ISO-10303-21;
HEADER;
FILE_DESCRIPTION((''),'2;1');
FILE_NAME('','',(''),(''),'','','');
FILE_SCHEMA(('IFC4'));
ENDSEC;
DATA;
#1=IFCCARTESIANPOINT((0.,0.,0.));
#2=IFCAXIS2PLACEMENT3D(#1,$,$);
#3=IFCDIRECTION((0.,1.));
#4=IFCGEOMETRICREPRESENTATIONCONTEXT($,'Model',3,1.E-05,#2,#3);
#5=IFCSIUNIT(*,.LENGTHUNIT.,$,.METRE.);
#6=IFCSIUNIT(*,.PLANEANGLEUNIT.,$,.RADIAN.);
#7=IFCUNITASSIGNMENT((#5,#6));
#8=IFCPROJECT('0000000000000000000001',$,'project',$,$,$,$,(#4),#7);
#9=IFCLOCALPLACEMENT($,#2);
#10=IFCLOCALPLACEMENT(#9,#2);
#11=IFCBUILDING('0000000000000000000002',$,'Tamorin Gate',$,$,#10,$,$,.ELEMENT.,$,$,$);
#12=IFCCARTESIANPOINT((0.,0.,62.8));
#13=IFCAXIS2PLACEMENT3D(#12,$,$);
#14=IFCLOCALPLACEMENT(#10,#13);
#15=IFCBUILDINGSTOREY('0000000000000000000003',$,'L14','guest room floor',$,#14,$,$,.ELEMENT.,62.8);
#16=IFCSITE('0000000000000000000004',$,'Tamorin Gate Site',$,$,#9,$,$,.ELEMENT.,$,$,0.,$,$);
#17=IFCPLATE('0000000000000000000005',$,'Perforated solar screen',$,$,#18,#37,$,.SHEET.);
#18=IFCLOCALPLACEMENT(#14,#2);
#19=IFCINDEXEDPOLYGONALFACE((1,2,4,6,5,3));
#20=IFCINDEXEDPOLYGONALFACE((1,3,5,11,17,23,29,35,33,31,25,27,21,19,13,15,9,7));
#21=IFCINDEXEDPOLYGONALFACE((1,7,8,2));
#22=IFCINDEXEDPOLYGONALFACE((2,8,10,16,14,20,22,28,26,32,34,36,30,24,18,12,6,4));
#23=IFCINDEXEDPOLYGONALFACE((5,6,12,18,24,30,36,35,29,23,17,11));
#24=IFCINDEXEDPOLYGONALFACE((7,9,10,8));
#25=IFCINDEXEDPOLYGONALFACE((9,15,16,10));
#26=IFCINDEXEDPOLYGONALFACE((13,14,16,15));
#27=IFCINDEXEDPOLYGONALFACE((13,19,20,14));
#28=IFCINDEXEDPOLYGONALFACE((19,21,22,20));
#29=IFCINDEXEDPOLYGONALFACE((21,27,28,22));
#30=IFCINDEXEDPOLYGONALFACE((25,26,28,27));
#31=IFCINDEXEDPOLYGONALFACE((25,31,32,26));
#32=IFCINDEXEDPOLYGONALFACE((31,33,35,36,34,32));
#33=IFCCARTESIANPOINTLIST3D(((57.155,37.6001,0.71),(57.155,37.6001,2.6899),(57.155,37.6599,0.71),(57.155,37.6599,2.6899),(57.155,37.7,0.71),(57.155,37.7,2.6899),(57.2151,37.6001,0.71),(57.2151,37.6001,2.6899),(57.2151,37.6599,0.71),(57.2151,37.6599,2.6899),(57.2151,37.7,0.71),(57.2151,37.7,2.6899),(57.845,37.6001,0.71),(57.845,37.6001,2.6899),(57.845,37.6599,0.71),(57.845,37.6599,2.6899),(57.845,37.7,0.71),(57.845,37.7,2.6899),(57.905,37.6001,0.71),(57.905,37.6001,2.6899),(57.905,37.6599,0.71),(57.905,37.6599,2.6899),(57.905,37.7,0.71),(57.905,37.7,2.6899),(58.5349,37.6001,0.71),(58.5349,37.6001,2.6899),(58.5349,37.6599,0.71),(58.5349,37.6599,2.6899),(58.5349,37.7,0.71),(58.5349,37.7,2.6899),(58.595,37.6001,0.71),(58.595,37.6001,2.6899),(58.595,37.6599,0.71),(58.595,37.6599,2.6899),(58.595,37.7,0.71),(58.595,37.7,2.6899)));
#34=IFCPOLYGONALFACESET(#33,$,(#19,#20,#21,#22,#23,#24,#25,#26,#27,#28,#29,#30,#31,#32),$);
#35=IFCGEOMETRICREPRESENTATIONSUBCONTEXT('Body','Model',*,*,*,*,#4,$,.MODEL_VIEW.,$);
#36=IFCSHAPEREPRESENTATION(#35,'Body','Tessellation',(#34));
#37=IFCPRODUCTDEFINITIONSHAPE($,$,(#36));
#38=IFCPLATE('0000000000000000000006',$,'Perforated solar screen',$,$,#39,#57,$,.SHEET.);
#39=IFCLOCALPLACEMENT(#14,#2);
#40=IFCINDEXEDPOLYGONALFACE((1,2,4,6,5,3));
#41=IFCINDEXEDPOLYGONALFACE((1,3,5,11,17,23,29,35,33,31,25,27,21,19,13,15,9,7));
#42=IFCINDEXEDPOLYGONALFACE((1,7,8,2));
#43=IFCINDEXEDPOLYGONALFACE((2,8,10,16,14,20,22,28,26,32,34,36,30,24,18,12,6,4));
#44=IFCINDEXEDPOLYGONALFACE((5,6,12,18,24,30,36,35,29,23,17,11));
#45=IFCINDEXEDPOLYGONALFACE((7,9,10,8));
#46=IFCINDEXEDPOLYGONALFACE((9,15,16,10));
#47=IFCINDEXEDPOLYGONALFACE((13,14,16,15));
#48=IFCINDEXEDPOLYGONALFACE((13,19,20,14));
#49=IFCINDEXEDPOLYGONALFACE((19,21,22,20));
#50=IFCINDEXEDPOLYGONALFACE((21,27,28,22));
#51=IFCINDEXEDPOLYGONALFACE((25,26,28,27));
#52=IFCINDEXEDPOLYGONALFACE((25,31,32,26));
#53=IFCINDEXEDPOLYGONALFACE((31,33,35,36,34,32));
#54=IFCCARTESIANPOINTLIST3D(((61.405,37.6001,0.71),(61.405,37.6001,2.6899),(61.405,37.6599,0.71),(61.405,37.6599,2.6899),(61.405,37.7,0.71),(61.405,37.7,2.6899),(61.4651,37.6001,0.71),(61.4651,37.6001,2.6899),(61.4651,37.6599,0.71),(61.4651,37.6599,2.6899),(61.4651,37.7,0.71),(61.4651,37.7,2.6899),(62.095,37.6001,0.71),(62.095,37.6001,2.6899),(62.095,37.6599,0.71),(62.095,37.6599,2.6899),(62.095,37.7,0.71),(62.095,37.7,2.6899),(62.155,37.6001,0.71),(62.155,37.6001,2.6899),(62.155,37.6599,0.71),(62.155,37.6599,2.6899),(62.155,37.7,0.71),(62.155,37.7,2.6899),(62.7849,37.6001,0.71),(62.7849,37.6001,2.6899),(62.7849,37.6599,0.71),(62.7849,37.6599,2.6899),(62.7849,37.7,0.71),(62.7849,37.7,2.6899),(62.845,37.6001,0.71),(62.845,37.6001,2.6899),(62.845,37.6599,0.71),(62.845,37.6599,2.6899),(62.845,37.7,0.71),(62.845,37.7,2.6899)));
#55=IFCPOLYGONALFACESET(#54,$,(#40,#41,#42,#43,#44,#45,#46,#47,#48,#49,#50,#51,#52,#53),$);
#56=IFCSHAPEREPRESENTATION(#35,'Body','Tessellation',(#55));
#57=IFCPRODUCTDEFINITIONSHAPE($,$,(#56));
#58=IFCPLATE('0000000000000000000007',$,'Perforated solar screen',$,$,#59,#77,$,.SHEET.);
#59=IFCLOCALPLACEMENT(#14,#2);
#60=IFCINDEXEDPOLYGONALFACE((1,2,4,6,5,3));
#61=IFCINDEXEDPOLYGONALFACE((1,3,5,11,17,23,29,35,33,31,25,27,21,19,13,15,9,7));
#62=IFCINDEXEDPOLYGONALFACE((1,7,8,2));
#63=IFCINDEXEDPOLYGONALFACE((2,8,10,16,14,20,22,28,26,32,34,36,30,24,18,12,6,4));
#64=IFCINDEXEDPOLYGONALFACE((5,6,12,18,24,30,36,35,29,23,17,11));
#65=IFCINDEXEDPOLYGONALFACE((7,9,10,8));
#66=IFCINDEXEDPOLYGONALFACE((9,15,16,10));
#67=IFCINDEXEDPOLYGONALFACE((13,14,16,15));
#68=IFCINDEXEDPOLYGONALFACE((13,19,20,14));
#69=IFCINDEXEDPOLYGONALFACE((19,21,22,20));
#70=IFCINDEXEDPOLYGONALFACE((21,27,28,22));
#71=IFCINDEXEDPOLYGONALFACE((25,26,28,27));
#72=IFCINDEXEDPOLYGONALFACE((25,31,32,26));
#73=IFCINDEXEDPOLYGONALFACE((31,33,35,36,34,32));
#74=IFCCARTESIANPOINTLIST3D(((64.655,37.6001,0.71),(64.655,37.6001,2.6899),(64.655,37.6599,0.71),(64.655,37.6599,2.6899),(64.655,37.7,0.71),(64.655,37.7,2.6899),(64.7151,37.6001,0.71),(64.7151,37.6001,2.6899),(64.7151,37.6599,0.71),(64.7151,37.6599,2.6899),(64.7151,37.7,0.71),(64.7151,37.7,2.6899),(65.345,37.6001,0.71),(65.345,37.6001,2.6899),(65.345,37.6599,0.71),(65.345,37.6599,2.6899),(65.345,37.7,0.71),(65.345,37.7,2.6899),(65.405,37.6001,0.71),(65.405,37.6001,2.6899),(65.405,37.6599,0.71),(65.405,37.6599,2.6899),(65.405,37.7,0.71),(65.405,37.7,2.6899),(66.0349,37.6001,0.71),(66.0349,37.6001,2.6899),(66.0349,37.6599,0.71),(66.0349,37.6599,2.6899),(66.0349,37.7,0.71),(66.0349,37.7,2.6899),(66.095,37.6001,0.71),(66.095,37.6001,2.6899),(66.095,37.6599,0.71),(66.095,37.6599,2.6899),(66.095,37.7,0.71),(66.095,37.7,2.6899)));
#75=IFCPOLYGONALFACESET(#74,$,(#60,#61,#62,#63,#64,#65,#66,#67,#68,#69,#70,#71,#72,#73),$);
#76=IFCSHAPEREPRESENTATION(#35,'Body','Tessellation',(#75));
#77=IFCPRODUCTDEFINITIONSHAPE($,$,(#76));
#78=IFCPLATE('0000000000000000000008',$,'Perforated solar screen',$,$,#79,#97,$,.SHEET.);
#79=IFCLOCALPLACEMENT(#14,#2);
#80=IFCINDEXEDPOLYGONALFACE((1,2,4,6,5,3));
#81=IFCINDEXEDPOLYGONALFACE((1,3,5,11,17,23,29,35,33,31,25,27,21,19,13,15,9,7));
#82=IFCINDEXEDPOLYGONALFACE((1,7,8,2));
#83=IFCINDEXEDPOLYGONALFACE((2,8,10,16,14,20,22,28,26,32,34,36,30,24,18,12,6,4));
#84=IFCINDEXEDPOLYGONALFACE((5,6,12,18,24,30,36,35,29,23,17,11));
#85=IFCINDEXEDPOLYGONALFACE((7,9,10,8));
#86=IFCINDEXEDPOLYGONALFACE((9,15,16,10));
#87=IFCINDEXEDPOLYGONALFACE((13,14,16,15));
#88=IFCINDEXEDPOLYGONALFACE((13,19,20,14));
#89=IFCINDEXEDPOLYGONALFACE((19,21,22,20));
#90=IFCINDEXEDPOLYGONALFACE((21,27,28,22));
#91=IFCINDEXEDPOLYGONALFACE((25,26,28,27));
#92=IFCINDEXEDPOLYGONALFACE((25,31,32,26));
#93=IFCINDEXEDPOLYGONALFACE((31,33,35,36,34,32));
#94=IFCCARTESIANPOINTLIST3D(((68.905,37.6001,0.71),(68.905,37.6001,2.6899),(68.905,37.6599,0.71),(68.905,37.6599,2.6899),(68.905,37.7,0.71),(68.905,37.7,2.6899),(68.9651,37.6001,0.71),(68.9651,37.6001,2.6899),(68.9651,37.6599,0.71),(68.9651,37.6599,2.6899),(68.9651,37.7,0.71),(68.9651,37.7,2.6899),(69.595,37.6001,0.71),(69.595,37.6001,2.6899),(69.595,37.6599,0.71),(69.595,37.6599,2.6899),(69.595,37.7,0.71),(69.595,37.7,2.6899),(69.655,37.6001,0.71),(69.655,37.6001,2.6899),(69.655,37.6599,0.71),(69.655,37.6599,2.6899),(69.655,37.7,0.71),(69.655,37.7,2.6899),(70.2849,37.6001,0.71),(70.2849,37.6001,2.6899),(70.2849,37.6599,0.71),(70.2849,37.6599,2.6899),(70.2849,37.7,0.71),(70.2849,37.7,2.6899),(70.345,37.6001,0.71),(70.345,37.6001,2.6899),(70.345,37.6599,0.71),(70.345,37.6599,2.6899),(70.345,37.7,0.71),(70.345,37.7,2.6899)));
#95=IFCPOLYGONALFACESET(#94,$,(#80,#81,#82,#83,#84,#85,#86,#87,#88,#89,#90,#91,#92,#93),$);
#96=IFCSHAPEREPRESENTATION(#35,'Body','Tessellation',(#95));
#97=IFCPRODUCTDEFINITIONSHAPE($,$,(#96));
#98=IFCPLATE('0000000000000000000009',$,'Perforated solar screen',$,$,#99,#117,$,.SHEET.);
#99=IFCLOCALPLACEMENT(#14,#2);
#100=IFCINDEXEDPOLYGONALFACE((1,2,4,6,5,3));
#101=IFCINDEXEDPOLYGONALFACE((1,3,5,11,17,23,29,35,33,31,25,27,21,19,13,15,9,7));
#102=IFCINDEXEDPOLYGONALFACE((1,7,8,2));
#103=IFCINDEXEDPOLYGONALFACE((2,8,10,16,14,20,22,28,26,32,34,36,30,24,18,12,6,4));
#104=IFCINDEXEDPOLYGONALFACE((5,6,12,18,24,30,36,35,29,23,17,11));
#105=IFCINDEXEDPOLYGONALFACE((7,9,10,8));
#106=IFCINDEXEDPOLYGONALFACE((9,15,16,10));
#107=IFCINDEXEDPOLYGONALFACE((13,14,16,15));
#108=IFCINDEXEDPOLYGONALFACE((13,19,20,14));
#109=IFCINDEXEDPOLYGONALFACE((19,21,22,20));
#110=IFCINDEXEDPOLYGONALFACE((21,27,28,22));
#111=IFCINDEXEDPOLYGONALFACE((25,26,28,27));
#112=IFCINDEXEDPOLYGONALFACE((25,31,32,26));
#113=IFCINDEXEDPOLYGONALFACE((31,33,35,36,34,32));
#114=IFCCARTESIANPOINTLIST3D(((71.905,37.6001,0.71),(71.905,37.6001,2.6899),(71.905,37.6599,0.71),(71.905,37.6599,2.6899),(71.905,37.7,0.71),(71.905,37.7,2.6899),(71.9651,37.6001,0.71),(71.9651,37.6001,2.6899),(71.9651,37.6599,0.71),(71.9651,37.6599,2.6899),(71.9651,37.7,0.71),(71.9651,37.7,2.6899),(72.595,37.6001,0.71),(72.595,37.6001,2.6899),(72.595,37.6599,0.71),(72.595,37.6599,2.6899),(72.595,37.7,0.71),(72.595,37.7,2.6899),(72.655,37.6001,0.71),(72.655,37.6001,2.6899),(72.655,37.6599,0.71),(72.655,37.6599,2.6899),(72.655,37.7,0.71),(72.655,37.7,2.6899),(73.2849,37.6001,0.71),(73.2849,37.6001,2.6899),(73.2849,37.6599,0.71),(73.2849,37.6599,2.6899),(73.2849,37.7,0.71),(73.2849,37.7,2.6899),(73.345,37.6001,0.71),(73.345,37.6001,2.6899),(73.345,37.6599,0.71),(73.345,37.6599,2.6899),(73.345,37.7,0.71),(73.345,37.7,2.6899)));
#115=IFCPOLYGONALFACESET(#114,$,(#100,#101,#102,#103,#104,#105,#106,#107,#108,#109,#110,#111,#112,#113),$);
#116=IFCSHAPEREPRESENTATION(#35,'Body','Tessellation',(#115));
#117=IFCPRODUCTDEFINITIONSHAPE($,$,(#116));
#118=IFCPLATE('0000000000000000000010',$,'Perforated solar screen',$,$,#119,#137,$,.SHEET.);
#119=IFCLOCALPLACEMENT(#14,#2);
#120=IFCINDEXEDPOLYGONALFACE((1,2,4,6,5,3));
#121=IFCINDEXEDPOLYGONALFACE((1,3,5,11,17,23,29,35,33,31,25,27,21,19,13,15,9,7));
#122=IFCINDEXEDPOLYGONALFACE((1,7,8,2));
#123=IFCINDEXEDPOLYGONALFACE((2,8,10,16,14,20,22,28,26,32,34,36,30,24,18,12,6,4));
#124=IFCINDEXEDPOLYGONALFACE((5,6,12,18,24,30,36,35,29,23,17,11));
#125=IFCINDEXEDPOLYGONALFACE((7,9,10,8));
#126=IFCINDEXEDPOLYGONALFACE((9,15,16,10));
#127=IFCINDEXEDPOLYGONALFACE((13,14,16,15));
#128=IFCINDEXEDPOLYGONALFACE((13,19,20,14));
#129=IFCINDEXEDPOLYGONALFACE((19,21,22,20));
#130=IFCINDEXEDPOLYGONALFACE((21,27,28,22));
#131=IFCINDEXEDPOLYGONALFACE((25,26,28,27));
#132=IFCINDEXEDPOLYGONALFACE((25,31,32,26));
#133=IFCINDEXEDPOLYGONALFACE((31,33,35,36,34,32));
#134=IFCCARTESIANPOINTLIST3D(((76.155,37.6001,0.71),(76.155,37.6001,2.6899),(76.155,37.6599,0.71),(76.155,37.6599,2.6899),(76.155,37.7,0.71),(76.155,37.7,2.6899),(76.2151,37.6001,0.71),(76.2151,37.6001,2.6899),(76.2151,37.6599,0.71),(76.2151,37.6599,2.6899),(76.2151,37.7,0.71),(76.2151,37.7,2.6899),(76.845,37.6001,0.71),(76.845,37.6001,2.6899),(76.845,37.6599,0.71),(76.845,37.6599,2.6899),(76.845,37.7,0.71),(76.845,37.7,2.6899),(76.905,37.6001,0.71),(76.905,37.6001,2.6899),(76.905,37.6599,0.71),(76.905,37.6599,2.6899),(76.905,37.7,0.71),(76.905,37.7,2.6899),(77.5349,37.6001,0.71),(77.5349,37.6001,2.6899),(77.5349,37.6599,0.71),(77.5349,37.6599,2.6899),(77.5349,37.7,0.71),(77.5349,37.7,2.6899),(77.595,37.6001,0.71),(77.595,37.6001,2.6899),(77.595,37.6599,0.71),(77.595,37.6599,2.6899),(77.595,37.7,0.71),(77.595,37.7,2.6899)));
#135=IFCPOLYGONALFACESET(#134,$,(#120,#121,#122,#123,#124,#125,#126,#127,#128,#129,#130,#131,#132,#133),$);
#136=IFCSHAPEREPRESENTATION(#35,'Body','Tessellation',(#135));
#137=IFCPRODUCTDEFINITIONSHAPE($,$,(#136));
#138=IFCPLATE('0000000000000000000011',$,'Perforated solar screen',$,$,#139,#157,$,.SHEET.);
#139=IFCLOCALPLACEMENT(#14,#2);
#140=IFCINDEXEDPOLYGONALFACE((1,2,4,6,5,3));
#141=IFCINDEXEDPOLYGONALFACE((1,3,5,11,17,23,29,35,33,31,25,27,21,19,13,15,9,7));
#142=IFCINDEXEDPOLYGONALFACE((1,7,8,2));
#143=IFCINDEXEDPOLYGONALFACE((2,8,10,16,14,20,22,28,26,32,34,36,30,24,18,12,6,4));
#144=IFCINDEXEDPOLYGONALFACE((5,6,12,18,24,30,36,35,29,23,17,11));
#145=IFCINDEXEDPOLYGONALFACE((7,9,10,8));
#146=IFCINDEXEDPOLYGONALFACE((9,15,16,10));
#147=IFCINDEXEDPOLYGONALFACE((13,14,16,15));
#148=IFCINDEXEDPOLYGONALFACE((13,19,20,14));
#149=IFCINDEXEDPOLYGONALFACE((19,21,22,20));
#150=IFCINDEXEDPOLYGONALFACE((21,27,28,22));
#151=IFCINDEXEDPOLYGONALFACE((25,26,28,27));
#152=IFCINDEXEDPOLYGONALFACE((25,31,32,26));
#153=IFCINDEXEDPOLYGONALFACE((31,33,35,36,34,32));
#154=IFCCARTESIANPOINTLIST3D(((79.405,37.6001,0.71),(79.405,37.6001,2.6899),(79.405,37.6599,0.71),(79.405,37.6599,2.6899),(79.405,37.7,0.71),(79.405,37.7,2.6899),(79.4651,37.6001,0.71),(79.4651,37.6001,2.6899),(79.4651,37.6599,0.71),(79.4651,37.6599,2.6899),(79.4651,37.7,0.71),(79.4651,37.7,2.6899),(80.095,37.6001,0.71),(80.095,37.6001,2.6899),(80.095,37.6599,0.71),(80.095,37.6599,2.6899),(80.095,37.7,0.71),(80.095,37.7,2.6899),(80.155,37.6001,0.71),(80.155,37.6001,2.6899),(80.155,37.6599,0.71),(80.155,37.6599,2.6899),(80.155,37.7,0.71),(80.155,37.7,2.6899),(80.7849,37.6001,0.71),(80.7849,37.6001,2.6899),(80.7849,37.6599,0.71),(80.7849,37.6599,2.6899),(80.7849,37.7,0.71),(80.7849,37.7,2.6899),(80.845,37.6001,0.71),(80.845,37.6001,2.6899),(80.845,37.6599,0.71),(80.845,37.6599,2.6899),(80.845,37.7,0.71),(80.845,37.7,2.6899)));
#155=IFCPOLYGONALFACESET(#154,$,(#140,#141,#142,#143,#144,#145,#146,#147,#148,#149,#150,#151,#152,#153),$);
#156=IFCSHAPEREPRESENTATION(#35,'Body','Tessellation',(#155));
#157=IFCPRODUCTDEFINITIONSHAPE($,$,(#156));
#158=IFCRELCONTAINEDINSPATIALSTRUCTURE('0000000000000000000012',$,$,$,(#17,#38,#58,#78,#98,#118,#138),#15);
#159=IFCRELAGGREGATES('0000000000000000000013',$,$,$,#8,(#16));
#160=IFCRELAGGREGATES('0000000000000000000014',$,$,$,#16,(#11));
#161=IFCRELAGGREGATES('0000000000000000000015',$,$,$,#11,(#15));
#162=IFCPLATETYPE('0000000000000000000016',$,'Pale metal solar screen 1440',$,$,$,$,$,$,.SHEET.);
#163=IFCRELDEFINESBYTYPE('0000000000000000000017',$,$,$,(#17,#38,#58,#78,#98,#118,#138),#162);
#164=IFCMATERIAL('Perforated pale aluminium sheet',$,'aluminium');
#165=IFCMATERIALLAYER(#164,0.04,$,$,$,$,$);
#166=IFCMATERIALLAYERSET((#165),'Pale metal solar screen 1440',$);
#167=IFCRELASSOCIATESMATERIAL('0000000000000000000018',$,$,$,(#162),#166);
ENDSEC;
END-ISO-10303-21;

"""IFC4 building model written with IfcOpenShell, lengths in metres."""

from ifc_helpers import new_model, si_unit, direction, frame, origin, place, context, subcontext, project, spatial, polyline, outline, extrude, material, layer, layer_set, type_object, element, save


model = new_model("IFC4")

# Units and contexts
model_context = context("Model", 3, precision=1e-05, world=origin(), true_north=direction((0.0, 1.0)))
body_context = subcontext(model_context, "Body", "Model", "MODEL_VIEW")
ifc_project = project(units=[si_unit("LENGTHUNIT", "METRE"), si_unit("PLANEANGLEUNIT", "RADIAN")], contexts=[model_context])

# Site, building, storey
site_placement = place(None, origin())
site = spatial("IfcSite", under=ifc_project, at=site_placement, Name="Tamorin Gate Site", CompositionType="ELEMENT", RefElevation=0.0)
building_placement = place(site_placement, origin())
building = spatial("IfcBuilding", under=site, at=building_placement, Name="Tamorin Gate", CompositionType="ELEMENT")
storey_placement = place(building_placement, frame((0.0, 0.0, 62.8)))
storey = spatial("IfcBuildingStorey", under=building, at=storey_placement, Name="L14", Description="guest room floor", CompositionType="ELEMENT", Elevation=62.8)

# Plates
ifc_material_1 = material(Name="Perforated pale aluminium sheet", Category="aluminium")
ifc_layer_1 = layer(ifc_material_1, 0.04)
ifc_layer_set_1 = layer_set([ifc_layer_1], Name="Pale metal solar screen 1440")
plate_type = type_object("IfcPlateType", Name="Pale metal solar screen 1440", PredefinedType="SHEET", material=ifc_layer_set_1)
plate_1_placement = place(storey_placement, frame((0.0, 0.0, 0.71)))
element("IfcPlate", 1, at=plate_1_placement, inside=storey, type_object=plate_type, Name="Perforated solar screen", PredefinedType="SHEET", context=body_context, shape_type="SweptSolid", body=[
    extrude(outline(polyline([(57.155, 37.6599), (57.155, 37.7), (57.2151, 37.7), (57.845, 37.7), (57.905, 37.7), (58.5349, 37.7), (58.595, 37.7), (58.595, 37.6599), (58.595, 37.6001), (58.5349, 37.6001), (58.5349, 37.6599), (57.905, 37.6599), (57.905, 37.6001), (57.845, 37.6001), (57.845, 37.6599), (57.2151, 37.6599), (57.2151, 37.6001), (57.155, 37.6001), (57.155, 37.6599)])), origin(), (0.0, 0.0, 1.0), 1.98),
])
plate_2_placement = place(storey_placement, frame((0.0, 0.0, 0.71)))
element("IfcPlate", 2, at=plate_2_placement, inside=storey, type_object=plate_type, Name="Perforated solar screen", PredefinedType="SHEET", context=body_context, shape_type="SweptSolid", body=[
    extrude(outline(polyline([(61.405, 37.6599), (61.405, 37.7), (61.4651, 37.7), (62.095, 37.7), (62.155, 37.7), (62.7849, 37.7), (62.845, 37.7), (62.845, 37.6599), (62.845, 37.6001), (62.7849, 37.6001), (62.7849, 37.6599), (62.155, 37.6599), (62.155, 37.6001), (62.095, 37.6001), (62.095, 37.6599), (61.4651, 37.6599), (61.4651, 37.6001), (61.405, 37.6001), (61.405, 37.6599)])), origin(), (0.0, 0.0, 1.0), 1.98),
])
plate_3_placement = place(storey_placement, frame((0.0, 0.0, 0.71)))
element("IfcPlate", 3, at=plate_3_placement, inside=storey, type_object=plate_type, Name="Perforated solar screen", PredefinedType="SHEET", context=body_context, shape_type="SweptSolid", body=[
    extrude(outline(polyline([(64.655, 37.6599), (64.655, 37.7), (64.7151, 37.7), (65.345, 37.7), (65.405, 37.7), (66.0349, 37.7), (66.095, 37.7), (66.095, 37.6599), (66.095, 37.6001), (66.0349, 37.6001), (66.0349, 37.6599), (65.405, 37.6599), (65.405, 37.6001), (65.345, 37.6001), (65.345, 37.6599), (64.7151, 37.6599), (64.7151, 37.6001), (64.655, 37.6001), (64.655, 37.6599)])), origin(), (0.0, 0.0, 1.0), 1.98),
])
plate_4_placement = place(storey_placement, frame((0.0, 0.0, 0.71)))
element("IfcPlate", 4, at=plate_4_placement, inside=storey, type_object=plate_type, Name="Perforated solar screen", PredefinedType="SHEET", context=body_context, shape_type="SweptSolid", body=[
    extrude(outline(polyline([(68.905, 37.6599), (68.905, 37.7), (68.9651, 37.7), (69.595, 37.7), (69.655, 37.7), (70.2849, 37.7), (70.345, 37.7), (70.345, 37.6599), (70.345, 37.6001), (70.2849, 37.6001), (70.2849, 37.6599), (69.655, 37.6599), (69.655, 37.6001), (69.595, 37.6001), (69.595, 37.6599), (68.9651, 37.6599), (68.9651, 37.6001), (68.905, 37.6001), (68.905, 37.6599)])), origin(), (0.0, 0.0, 1.0), 1.98),
])
plate_5_placement = place(storey_placement, frame((0.0, 0.0, 0.71)))
element("IfcPlate", 5, at=plate_5_placement, inside=storey, type_object=plate_type, Name="Perforated solar screen", PredefinedType="SHEET", context=body_context, shape_type="SweptSolid", body=[
    extrude(outline(polyline([(71.905, 37.6599), (71.905, 37.7), (71.9651, 37.7), (72.595, 37.7), (72.655, 37.7), (73.2849, 37.7), (73.345, 37.7), (73.345, 37.6599), (73.345, 37.6001), (73.2849, 37.6001), (73.2849, 37.6599), (72.655, 37.6599), (72.655, 37.6001), (72.595, 37.6001), (72.595, 37.6599), (71.9651, 37.6599), (71.9651, 37.6001), (71.905, 37.6001), (71.905, 37.6599)])), origin(), (0.0, 0.0, 1.0), 1.98),
])
plate_6_placement = place(storey_placement, frame((0.0, 0.0, 0.71)))
element("IfcPlate", 6, at=plate_6_placement, inside=storey, type_object=plate_type, Name="Perforated solar screen", PredefinedType="SHEET", context=body_context, shape_type="SweptSolid", body=[
    extrude(outline(polyline([(76.155, 37.6599), (76.155, 37.7), (76.2151, 37.7), (76.845, 37.7), (76.905, 37.7), (77.5349, 37.7), (77.595, 37.7), (77.595, 37.6599), (77.595, 37.6001), (77.5349, 37.6001), (77.5349, 37.6599), (76.905, 37.6599), (76.905, 37.6001), (76.845, 37.6001), (76.845, 37.6599), (76.2151, 37.6599), (76.2151, 37.6001), (76.155, 37.6001), (76.155, 37.6599)])), origin(), (0.0, 0.0, 1.0), 1.98),
])
plate_7_placement = place(storey_placement, frame((0.0, 0.0, 0.71)))
element("IfcPlate", 7, at=plate_7_placement, inside=storey, type_object=plate_type, Name="Perforated solar screen", PredefinedType="SHEET", context=body_context, shape_type="SweptSolid", body=[
    extrude(outline(polyline([(79.405, 37.6599), (79.405, 37.7), (79.4651, 37.7), (80.095, 37.7), (80.155, 37.7), (80.7849, 37.7), (80.845, 37.7), (80.845, 37.6599), (80.845, 37.6001), (80.7849, 37.6001), (80.7849, 37.6599), (80.155, 37.6599), (80.155, 37.6001), (80.095, 37.6001), (80.095, 37.6599), (79.4651, 37.6599), (79.4651, 37.6001), (79.405, 37.6001), (79.405, 37.6599)])), origin(), (0.0, 0.0, 1.0), 1.98),
])

save(model, "model.ifc")
